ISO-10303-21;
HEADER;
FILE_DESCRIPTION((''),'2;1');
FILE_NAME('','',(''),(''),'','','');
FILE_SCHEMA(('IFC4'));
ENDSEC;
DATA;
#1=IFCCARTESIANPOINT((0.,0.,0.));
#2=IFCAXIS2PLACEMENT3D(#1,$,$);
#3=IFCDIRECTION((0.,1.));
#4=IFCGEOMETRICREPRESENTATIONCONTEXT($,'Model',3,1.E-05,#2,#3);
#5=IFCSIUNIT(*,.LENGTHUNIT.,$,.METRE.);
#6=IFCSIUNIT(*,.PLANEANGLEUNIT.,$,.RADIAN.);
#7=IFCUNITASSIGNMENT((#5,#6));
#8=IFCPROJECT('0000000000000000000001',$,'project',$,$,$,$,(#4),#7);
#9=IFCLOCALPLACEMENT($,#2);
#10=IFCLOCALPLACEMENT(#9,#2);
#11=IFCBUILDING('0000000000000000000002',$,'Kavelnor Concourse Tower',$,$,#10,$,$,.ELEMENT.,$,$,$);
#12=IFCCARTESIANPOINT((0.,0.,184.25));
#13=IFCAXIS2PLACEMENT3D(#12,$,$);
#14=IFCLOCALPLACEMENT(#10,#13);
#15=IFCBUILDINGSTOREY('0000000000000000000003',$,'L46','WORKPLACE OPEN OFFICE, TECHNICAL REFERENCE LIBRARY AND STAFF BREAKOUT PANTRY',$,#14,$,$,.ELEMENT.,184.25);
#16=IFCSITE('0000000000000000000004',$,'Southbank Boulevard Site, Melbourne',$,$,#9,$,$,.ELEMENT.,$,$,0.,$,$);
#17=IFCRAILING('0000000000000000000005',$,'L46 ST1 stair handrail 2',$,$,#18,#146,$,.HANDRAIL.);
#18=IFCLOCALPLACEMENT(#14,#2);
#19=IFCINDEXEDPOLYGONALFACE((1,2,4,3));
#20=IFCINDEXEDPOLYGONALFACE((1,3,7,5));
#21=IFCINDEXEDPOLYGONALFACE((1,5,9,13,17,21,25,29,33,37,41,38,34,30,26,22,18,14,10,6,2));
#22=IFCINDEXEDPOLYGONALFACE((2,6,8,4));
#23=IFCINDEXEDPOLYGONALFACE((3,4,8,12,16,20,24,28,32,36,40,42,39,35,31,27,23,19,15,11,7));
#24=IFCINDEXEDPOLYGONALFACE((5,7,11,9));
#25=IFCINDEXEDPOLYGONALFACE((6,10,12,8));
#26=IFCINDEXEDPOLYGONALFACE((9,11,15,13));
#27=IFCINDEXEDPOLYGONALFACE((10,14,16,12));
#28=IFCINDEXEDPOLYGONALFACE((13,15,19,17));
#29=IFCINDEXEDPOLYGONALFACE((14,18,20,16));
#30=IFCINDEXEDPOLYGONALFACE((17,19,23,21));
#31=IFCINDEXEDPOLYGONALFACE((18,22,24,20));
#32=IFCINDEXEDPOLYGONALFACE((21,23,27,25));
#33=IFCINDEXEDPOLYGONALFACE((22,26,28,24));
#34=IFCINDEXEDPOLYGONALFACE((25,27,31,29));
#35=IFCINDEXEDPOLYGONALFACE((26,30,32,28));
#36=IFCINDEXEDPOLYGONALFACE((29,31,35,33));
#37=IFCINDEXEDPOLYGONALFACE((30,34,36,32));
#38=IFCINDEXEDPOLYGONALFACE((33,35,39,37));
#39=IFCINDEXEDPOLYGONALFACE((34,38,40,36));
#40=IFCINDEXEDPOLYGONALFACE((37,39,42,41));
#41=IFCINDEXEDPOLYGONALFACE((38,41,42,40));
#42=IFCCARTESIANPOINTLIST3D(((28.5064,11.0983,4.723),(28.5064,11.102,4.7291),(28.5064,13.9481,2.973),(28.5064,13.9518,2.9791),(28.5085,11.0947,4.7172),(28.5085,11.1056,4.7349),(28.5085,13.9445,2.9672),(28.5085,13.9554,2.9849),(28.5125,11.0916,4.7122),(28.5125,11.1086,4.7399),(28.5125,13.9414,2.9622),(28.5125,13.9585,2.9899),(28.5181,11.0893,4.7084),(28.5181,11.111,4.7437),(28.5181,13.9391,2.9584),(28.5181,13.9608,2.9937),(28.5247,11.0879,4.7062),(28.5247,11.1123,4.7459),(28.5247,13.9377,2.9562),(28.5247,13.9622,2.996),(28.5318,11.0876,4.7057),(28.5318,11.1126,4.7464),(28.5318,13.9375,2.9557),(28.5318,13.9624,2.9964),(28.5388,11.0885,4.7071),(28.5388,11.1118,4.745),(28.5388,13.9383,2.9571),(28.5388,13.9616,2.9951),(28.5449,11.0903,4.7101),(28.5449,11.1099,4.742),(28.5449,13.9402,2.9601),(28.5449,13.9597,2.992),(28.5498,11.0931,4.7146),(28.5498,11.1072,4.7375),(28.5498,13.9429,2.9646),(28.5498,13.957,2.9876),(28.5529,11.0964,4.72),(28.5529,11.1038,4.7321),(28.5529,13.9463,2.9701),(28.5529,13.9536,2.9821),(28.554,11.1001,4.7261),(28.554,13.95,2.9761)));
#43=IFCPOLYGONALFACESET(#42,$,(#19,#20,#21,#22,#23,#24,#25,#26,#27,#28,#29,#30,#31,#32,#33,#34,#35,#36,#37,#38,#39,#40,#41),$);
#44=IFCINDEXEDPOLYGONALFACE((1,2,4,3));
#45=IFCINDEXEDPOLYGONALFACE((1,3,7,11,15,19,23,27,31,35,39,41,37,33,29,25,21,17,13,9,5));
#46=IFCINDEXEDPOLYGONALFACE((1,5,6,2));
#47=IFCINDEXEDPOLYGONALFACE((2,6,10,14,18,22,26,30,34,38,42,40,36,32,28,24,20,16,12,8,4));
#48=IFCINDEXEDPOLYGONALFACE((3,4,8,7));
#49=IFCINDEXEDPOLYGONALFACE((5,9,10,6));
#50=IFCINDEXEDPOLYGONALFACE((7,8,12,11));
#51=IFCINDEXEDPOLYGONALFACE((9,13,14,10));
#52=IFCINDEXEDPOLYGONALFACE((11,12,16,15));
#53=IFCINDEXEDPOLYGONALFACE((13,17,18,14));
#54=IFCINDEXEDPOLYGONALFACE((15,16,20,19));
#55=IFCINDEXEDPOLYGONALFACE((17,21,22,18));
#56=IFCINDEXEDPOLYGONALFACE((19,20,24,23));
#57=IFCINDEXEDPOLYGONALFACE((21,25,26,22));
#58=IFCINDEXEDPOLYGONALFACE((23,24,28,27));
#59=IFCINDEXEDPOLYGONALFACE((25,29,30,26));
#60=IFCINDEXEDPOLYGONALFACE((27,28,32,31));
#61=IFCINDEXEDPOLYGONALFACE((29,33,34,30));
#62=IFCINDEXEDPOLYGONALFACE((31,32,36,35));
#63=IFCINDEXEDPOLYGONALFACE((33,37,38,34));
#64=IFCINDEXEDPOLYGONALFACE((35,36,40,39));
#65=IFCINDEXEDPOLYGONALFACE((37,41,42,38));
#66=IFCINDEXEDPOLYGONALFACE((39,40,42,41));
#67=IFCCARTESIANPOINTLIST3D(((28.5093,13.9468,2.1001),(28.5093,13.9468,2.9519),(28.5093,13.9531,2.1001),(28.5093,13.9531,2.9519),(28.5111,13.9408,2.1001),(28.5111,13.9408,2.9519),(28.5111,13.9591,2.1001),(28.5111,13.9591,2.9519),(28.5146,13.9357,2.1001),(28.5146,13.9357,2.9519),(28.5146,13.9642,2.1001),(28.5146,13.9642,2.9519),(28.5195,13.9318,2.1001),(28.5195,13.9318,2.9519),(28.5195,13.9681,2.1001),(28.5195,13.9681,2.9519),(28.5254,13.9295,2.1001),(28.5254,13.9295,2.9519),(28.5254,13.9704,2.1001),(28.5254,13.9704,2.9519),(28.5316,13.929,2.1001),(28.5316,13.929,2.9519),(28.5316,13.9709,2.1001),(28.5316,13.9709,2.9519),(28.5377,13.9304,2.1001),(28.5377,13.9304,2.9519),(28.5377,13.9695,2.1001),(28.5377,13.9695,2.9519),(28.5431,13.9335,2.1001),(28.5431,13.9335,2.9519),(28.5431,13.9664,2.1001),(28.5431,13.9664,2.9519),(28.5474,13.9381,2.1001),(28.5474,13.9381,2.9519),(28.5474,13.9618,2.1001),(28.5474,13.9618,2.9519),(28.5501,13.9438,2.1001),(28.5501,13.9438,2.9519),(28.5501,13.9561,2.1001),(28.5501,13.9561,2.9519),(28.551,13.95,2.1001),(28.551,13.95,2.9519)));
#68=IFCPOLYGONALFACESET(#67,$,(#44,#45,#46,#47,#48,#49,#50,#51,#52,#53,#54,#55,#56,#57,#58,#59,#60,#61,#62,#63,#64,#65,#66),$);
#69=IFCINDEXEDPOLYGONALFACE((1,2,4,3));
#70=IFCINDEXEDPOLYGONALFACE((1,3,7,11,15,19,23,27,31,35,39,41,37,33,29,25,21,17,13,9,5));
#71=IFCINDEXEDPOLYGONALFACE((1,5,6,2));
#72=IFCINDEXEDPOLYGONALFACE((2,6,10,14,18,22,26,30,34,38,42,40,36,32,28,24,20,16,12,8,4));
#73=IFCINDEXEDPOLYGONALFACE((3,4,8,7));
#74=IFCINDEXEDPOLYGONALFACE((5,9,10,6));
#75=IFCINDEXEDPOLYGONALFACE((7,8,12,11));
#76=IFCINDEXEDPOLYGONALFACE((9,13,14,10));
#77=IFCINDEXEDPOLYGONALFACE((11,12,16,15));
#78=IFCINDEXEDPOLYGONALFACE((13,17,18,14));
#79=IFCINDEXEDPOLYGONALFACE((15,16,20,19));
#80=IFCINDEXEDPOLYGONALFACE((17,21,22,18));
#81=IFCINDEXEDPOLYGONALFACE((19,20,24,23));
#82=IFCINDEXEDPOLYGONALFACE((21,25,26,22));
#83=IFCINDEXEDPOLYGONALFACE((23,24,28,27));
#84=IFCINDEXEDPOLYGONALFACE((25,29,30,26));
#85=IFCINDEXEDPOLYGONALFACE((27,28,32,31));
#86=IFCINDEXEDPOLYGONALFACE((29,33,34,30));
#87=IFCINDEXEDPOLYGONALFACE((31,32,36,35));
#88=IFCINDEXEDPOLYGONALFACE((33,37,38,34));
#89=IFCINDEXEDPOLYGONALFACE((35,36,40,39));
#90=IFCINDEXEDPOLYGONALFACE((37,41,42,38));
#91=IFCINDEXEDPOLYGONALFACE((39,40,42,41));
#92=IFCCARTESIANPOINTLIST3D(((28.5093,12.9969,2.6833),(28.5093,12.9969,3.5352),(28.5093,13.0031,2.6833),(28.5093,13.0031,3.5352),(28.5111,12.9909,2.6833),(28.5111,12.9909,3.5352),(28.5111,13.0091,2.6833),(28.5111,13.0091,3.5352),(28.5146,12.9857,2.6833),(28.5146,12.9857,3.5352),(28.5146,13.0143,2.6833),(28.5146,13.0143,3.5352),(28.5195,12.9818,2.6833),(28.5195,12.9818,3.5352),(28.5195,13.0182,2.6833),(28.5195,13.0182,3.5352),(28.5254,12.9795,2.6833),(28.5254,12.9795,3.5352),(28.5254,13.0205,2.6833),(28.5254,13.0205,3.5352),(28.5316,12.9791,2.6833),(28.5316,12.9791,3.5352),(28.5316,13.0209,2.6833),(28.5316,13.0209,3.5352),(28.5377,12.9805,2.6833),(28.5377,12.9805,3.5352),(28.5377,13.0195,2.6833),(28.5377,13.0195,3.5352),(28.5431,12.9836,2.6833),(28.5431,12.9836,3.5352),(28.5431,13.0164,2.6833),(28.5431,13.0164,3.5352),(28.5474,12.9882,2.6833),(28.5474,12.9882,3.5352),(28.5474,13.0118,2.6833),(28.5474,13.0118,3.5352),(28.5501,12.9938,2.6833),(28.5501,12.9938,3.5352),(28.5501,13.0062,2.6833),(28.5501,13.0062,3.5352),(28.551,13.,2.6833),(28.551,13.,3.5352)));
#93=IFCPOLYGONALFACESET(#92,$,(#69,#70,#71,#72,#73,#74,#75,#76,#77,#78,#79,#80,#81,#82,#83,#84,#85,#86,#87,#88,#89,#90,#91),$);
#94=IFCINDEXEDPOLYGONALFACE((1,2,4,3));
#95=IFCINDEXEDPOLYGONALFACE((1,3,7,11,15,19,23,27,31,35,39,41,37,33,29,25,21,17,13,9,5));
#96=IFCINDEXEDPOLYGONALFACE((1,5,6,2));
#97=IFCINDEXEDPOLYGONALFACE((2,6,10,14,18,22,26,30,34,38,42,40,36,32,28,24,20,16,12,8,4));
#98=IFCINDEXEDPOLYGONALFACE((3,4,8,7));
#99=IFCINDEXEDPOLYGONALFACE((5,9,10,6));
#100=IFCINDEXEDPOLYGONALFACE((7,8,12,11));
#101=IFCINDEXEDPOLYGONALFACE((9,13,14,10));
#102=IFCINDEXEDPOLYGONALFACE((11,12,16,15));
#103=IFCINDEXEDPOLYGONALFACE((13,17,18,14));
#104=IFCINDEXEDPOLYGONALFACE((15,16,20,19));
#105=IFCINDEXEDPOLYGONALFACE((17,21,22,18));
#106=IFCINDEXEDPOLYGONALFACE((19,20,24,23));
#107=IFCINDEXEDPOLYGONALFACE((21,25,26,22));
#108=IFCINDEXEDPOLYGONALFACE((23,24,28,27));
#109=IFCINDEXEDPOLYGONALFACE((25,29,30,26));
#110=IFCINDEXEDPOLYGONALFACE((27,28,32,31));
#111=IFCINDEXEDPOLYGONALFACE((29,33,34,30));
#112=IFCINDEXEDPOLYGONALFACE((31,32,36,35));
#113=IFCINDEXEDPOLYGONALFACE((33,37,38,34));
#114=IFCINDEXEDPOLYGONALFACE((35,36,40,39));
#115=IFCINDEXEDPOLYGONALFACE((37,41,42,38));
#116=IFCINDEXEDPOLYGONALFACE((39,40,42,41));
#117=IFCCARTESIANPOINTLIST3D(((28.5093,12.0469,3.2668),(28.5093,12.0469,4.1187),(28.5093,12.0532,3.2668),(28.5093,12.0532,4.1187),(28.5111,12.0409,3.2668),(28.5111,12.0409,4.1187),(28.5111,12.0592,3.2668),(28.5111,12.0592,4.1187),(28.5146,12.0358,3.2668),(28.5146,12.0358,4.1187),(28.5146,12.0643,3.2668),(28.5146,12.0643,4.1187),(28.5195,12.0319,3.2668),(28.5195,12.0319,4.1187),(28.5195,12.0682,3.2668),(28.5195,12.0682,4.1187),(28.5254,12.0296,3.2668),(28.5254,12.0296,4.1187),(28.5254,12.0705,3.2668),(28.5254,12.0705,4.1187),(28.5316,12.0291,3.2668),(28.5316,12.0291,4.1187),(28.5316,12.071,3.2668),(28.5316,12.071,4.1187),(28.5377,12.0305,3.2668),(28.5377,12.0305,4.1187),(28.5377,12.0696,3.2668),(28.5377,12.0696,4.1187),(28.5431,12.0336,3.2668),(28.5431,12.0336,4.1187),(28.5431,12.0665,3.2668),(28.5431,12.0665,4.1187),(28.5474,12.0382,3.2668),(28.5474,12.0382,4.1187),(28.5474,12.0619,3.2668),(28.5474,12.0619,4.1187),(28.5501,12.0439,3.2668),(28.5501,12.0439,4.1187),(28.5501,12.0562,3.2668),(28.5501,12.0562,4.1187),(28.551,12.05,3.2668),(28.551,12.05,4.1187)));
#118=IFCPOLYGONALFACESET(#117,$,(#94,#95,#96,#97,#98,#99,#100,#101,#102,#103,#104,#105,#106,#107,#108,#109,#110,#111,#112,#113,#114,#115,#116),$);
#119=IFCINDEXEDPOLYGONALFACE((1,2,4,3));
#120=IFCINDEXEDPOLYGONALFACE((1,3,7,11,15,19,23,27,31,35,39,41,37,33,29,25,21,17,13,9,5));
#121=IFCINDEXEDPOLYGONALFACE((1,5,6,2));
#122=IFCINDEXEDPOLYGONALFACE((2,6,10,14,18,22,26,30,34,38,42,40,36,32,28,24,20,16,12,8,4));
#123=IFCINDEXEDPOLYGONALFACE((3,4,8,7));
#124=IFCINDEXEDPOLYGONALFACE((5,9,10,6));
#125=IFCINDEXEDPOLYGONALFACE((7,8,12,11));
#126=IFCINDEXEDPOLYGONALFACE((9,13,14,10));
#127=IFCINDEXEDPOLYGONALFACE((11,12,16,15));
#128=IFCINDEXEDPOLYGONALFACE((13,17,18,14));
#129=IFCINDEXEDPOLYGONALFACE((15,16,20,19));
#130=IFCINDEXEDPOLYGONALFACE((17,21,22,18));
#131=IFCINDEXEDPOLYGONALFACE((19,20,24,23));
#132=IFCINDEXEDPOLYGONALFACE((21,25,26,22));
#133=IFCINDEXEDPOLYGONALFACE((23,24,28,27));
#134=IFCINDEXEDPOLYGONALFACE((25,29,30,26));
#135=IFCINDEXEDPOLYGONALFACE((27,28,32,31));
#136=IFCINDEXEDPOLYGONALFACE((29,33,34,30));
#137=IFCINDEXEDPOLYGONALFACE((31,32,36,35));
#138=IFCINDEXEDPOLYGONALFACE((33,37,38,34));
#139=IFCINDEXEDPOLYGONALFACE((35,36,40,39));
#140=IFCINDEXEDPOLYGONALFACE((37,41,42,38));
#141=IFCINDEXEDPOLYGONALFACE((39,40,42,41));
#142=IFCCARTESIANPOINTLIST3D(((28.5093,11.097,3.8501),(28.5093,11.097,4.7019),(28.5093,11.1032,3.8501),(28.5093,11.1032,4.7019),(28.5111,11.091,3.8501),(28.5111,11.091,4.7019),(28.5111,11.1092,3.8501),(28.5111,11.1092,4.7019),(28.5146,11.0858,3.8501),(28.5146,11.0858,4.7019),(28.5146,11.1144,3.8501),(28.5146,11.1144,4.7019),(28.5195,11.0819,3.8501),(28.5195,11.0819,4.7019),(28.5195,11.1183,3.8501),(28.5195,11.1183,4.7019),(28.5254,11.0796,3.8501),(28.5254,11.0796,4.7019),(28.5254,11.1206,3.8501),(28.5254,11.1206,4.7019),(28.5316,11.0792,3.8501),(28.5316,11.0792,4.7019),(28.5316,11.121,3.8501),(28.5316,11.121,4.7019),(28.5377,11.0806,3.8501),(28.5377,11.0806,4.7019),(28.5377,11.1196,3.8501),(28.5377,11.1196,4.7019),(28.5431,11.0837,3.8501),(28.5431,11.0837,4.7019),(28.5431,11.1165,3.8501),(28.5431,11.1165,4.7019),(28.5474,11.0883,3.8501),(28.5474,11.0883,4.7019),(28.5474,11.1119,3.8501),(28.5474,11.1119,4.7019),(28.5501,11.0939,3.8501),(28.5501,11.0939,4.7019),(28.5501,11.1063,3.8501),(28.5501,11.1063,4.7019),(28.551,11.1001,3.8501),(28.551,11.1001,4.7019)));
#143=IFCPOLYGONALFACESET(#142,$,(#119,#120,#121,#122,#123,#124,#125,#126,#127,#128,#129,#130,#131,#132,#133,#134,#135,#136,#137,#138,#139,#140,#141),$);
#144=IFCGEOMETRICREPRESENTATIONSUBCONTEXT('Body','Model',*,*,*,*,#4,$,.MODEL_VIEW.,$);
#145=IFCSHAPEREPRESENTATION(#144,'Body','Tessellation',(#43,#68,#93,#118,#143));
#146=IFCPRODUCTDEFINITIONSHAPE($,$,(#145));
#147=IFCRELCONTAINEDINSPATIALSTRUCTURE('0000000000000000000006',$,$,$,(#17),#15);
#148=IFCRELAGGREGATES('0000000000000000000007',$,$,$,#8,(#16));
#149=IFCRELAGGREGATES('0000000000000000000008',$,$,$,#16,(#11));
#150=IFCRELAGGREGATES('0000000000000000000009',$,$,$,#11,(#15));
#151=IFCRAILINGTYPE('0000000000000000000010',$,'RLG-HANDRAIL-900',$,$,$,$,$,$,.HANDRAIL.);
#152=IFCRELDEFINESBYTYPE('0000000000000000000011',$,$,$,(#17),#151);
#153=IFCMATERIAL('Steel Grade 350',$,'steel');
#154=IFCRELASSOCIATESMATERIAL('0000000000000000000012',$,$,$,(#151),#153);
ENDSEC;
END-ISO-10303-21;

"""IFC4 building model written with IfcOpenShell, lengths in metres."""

from ifc_helpers import new_model, si_unit, direction, frame, origin, origin_2d, place, context, subcontext, project, spatial, circle, extrude, material, type_object, element, save


model = new_model("IFC4")

# Units and contexts
model_context = context("Model", 3, precision=1e-05, world=origin(), true_north=direction((0.0, 1.0)))
body_context = subcontext(model_context, "Body", "Model", "MODEL_VIEW")
ifc_project = project(units=[si_unit("LENGTHUNIT", "METRE"), si_unit("PLANEANGLEUNIT", "RADIAN")], contexts=[model_context])

# Site, building, storey
site_placement = place(None, origin())
site = spatial("IfcSite", under=ifc_project, at=site_placement, Name="Southbank Boulevard Site, Melbourne", CompositionType="ELEMENT", RefElevation=0.0)
building_placement = place(site_placement, origin())
building = spatial("IfcBuilding", under=site, at=building_placement, Name="Kavelnor Concourse Tower", CompositionType="ELEMENT")
storey_placement = place(building_placement, frame((0.0, 0.0, 184.25)))
storey = spatial("IfcBuildingStorey", under=building, at=storey_placement, Name="L46", Description="WORKPLACE OPEN OFFICE, TECHNICAL REFERENCE LIBRARY AND STAFF BREAKOUT PANTRY", CompositionType="ELEMENT", Elevation=184.25)

# Shared definitions
ifc_material_1 = material(Name="Steel Grade 350", Category="steel")

# Railing
railing_type_1 = type_object("IfcRailingType", Name="RLG-HANDRAIL-900", PredefinedType="HANDRAIL", material=ifc_material_1)
railing_1_placement = place(storey_placement, frame((28.53, 13.95, 2.1001)))
element("IfcRailing", 1, at=railing_1_placement, inside=storey, type_object=railing_type_1, Name="L46 ST1 stair handrail 2", PredefinedType="HANDRAIL", context=body_context, shape_type="SweptSolid", body=[
    extrude(circle(Radius=0.0239, at=origin_2d()), frame((0.0, 0.0, 0.876), z_axis=(0.0, -0.852159, 0.523283), x_axis=(1.0, 0.0, 0.0)), (0.0, 0.0, 1.0), 3.3442),
    extrude(circle(Radius=0.021, at=origin_2d()), origin(), (0.0, 0.0, 1.0), 0.8518),
    extrude(circle(Radius=0.021, at=origin_2d()), frame((0.0, -0.95, 0.5833)), (0.0, 0.0, 1.0), 0.8518),
    extrude(circle(Radius=0.021, at=origin_2d()), frame((0.0, -1.8999, 1.1667)), (0.0, 0.0, 1.0), 0.8518),
    extrude(circle(Radius=0.021, at=origin_2d()), frame((0.0, -2.8499, 1.75)), (0.0, 0.0, 1.0), 0.8518),
])

save(model, "model.ifc")
